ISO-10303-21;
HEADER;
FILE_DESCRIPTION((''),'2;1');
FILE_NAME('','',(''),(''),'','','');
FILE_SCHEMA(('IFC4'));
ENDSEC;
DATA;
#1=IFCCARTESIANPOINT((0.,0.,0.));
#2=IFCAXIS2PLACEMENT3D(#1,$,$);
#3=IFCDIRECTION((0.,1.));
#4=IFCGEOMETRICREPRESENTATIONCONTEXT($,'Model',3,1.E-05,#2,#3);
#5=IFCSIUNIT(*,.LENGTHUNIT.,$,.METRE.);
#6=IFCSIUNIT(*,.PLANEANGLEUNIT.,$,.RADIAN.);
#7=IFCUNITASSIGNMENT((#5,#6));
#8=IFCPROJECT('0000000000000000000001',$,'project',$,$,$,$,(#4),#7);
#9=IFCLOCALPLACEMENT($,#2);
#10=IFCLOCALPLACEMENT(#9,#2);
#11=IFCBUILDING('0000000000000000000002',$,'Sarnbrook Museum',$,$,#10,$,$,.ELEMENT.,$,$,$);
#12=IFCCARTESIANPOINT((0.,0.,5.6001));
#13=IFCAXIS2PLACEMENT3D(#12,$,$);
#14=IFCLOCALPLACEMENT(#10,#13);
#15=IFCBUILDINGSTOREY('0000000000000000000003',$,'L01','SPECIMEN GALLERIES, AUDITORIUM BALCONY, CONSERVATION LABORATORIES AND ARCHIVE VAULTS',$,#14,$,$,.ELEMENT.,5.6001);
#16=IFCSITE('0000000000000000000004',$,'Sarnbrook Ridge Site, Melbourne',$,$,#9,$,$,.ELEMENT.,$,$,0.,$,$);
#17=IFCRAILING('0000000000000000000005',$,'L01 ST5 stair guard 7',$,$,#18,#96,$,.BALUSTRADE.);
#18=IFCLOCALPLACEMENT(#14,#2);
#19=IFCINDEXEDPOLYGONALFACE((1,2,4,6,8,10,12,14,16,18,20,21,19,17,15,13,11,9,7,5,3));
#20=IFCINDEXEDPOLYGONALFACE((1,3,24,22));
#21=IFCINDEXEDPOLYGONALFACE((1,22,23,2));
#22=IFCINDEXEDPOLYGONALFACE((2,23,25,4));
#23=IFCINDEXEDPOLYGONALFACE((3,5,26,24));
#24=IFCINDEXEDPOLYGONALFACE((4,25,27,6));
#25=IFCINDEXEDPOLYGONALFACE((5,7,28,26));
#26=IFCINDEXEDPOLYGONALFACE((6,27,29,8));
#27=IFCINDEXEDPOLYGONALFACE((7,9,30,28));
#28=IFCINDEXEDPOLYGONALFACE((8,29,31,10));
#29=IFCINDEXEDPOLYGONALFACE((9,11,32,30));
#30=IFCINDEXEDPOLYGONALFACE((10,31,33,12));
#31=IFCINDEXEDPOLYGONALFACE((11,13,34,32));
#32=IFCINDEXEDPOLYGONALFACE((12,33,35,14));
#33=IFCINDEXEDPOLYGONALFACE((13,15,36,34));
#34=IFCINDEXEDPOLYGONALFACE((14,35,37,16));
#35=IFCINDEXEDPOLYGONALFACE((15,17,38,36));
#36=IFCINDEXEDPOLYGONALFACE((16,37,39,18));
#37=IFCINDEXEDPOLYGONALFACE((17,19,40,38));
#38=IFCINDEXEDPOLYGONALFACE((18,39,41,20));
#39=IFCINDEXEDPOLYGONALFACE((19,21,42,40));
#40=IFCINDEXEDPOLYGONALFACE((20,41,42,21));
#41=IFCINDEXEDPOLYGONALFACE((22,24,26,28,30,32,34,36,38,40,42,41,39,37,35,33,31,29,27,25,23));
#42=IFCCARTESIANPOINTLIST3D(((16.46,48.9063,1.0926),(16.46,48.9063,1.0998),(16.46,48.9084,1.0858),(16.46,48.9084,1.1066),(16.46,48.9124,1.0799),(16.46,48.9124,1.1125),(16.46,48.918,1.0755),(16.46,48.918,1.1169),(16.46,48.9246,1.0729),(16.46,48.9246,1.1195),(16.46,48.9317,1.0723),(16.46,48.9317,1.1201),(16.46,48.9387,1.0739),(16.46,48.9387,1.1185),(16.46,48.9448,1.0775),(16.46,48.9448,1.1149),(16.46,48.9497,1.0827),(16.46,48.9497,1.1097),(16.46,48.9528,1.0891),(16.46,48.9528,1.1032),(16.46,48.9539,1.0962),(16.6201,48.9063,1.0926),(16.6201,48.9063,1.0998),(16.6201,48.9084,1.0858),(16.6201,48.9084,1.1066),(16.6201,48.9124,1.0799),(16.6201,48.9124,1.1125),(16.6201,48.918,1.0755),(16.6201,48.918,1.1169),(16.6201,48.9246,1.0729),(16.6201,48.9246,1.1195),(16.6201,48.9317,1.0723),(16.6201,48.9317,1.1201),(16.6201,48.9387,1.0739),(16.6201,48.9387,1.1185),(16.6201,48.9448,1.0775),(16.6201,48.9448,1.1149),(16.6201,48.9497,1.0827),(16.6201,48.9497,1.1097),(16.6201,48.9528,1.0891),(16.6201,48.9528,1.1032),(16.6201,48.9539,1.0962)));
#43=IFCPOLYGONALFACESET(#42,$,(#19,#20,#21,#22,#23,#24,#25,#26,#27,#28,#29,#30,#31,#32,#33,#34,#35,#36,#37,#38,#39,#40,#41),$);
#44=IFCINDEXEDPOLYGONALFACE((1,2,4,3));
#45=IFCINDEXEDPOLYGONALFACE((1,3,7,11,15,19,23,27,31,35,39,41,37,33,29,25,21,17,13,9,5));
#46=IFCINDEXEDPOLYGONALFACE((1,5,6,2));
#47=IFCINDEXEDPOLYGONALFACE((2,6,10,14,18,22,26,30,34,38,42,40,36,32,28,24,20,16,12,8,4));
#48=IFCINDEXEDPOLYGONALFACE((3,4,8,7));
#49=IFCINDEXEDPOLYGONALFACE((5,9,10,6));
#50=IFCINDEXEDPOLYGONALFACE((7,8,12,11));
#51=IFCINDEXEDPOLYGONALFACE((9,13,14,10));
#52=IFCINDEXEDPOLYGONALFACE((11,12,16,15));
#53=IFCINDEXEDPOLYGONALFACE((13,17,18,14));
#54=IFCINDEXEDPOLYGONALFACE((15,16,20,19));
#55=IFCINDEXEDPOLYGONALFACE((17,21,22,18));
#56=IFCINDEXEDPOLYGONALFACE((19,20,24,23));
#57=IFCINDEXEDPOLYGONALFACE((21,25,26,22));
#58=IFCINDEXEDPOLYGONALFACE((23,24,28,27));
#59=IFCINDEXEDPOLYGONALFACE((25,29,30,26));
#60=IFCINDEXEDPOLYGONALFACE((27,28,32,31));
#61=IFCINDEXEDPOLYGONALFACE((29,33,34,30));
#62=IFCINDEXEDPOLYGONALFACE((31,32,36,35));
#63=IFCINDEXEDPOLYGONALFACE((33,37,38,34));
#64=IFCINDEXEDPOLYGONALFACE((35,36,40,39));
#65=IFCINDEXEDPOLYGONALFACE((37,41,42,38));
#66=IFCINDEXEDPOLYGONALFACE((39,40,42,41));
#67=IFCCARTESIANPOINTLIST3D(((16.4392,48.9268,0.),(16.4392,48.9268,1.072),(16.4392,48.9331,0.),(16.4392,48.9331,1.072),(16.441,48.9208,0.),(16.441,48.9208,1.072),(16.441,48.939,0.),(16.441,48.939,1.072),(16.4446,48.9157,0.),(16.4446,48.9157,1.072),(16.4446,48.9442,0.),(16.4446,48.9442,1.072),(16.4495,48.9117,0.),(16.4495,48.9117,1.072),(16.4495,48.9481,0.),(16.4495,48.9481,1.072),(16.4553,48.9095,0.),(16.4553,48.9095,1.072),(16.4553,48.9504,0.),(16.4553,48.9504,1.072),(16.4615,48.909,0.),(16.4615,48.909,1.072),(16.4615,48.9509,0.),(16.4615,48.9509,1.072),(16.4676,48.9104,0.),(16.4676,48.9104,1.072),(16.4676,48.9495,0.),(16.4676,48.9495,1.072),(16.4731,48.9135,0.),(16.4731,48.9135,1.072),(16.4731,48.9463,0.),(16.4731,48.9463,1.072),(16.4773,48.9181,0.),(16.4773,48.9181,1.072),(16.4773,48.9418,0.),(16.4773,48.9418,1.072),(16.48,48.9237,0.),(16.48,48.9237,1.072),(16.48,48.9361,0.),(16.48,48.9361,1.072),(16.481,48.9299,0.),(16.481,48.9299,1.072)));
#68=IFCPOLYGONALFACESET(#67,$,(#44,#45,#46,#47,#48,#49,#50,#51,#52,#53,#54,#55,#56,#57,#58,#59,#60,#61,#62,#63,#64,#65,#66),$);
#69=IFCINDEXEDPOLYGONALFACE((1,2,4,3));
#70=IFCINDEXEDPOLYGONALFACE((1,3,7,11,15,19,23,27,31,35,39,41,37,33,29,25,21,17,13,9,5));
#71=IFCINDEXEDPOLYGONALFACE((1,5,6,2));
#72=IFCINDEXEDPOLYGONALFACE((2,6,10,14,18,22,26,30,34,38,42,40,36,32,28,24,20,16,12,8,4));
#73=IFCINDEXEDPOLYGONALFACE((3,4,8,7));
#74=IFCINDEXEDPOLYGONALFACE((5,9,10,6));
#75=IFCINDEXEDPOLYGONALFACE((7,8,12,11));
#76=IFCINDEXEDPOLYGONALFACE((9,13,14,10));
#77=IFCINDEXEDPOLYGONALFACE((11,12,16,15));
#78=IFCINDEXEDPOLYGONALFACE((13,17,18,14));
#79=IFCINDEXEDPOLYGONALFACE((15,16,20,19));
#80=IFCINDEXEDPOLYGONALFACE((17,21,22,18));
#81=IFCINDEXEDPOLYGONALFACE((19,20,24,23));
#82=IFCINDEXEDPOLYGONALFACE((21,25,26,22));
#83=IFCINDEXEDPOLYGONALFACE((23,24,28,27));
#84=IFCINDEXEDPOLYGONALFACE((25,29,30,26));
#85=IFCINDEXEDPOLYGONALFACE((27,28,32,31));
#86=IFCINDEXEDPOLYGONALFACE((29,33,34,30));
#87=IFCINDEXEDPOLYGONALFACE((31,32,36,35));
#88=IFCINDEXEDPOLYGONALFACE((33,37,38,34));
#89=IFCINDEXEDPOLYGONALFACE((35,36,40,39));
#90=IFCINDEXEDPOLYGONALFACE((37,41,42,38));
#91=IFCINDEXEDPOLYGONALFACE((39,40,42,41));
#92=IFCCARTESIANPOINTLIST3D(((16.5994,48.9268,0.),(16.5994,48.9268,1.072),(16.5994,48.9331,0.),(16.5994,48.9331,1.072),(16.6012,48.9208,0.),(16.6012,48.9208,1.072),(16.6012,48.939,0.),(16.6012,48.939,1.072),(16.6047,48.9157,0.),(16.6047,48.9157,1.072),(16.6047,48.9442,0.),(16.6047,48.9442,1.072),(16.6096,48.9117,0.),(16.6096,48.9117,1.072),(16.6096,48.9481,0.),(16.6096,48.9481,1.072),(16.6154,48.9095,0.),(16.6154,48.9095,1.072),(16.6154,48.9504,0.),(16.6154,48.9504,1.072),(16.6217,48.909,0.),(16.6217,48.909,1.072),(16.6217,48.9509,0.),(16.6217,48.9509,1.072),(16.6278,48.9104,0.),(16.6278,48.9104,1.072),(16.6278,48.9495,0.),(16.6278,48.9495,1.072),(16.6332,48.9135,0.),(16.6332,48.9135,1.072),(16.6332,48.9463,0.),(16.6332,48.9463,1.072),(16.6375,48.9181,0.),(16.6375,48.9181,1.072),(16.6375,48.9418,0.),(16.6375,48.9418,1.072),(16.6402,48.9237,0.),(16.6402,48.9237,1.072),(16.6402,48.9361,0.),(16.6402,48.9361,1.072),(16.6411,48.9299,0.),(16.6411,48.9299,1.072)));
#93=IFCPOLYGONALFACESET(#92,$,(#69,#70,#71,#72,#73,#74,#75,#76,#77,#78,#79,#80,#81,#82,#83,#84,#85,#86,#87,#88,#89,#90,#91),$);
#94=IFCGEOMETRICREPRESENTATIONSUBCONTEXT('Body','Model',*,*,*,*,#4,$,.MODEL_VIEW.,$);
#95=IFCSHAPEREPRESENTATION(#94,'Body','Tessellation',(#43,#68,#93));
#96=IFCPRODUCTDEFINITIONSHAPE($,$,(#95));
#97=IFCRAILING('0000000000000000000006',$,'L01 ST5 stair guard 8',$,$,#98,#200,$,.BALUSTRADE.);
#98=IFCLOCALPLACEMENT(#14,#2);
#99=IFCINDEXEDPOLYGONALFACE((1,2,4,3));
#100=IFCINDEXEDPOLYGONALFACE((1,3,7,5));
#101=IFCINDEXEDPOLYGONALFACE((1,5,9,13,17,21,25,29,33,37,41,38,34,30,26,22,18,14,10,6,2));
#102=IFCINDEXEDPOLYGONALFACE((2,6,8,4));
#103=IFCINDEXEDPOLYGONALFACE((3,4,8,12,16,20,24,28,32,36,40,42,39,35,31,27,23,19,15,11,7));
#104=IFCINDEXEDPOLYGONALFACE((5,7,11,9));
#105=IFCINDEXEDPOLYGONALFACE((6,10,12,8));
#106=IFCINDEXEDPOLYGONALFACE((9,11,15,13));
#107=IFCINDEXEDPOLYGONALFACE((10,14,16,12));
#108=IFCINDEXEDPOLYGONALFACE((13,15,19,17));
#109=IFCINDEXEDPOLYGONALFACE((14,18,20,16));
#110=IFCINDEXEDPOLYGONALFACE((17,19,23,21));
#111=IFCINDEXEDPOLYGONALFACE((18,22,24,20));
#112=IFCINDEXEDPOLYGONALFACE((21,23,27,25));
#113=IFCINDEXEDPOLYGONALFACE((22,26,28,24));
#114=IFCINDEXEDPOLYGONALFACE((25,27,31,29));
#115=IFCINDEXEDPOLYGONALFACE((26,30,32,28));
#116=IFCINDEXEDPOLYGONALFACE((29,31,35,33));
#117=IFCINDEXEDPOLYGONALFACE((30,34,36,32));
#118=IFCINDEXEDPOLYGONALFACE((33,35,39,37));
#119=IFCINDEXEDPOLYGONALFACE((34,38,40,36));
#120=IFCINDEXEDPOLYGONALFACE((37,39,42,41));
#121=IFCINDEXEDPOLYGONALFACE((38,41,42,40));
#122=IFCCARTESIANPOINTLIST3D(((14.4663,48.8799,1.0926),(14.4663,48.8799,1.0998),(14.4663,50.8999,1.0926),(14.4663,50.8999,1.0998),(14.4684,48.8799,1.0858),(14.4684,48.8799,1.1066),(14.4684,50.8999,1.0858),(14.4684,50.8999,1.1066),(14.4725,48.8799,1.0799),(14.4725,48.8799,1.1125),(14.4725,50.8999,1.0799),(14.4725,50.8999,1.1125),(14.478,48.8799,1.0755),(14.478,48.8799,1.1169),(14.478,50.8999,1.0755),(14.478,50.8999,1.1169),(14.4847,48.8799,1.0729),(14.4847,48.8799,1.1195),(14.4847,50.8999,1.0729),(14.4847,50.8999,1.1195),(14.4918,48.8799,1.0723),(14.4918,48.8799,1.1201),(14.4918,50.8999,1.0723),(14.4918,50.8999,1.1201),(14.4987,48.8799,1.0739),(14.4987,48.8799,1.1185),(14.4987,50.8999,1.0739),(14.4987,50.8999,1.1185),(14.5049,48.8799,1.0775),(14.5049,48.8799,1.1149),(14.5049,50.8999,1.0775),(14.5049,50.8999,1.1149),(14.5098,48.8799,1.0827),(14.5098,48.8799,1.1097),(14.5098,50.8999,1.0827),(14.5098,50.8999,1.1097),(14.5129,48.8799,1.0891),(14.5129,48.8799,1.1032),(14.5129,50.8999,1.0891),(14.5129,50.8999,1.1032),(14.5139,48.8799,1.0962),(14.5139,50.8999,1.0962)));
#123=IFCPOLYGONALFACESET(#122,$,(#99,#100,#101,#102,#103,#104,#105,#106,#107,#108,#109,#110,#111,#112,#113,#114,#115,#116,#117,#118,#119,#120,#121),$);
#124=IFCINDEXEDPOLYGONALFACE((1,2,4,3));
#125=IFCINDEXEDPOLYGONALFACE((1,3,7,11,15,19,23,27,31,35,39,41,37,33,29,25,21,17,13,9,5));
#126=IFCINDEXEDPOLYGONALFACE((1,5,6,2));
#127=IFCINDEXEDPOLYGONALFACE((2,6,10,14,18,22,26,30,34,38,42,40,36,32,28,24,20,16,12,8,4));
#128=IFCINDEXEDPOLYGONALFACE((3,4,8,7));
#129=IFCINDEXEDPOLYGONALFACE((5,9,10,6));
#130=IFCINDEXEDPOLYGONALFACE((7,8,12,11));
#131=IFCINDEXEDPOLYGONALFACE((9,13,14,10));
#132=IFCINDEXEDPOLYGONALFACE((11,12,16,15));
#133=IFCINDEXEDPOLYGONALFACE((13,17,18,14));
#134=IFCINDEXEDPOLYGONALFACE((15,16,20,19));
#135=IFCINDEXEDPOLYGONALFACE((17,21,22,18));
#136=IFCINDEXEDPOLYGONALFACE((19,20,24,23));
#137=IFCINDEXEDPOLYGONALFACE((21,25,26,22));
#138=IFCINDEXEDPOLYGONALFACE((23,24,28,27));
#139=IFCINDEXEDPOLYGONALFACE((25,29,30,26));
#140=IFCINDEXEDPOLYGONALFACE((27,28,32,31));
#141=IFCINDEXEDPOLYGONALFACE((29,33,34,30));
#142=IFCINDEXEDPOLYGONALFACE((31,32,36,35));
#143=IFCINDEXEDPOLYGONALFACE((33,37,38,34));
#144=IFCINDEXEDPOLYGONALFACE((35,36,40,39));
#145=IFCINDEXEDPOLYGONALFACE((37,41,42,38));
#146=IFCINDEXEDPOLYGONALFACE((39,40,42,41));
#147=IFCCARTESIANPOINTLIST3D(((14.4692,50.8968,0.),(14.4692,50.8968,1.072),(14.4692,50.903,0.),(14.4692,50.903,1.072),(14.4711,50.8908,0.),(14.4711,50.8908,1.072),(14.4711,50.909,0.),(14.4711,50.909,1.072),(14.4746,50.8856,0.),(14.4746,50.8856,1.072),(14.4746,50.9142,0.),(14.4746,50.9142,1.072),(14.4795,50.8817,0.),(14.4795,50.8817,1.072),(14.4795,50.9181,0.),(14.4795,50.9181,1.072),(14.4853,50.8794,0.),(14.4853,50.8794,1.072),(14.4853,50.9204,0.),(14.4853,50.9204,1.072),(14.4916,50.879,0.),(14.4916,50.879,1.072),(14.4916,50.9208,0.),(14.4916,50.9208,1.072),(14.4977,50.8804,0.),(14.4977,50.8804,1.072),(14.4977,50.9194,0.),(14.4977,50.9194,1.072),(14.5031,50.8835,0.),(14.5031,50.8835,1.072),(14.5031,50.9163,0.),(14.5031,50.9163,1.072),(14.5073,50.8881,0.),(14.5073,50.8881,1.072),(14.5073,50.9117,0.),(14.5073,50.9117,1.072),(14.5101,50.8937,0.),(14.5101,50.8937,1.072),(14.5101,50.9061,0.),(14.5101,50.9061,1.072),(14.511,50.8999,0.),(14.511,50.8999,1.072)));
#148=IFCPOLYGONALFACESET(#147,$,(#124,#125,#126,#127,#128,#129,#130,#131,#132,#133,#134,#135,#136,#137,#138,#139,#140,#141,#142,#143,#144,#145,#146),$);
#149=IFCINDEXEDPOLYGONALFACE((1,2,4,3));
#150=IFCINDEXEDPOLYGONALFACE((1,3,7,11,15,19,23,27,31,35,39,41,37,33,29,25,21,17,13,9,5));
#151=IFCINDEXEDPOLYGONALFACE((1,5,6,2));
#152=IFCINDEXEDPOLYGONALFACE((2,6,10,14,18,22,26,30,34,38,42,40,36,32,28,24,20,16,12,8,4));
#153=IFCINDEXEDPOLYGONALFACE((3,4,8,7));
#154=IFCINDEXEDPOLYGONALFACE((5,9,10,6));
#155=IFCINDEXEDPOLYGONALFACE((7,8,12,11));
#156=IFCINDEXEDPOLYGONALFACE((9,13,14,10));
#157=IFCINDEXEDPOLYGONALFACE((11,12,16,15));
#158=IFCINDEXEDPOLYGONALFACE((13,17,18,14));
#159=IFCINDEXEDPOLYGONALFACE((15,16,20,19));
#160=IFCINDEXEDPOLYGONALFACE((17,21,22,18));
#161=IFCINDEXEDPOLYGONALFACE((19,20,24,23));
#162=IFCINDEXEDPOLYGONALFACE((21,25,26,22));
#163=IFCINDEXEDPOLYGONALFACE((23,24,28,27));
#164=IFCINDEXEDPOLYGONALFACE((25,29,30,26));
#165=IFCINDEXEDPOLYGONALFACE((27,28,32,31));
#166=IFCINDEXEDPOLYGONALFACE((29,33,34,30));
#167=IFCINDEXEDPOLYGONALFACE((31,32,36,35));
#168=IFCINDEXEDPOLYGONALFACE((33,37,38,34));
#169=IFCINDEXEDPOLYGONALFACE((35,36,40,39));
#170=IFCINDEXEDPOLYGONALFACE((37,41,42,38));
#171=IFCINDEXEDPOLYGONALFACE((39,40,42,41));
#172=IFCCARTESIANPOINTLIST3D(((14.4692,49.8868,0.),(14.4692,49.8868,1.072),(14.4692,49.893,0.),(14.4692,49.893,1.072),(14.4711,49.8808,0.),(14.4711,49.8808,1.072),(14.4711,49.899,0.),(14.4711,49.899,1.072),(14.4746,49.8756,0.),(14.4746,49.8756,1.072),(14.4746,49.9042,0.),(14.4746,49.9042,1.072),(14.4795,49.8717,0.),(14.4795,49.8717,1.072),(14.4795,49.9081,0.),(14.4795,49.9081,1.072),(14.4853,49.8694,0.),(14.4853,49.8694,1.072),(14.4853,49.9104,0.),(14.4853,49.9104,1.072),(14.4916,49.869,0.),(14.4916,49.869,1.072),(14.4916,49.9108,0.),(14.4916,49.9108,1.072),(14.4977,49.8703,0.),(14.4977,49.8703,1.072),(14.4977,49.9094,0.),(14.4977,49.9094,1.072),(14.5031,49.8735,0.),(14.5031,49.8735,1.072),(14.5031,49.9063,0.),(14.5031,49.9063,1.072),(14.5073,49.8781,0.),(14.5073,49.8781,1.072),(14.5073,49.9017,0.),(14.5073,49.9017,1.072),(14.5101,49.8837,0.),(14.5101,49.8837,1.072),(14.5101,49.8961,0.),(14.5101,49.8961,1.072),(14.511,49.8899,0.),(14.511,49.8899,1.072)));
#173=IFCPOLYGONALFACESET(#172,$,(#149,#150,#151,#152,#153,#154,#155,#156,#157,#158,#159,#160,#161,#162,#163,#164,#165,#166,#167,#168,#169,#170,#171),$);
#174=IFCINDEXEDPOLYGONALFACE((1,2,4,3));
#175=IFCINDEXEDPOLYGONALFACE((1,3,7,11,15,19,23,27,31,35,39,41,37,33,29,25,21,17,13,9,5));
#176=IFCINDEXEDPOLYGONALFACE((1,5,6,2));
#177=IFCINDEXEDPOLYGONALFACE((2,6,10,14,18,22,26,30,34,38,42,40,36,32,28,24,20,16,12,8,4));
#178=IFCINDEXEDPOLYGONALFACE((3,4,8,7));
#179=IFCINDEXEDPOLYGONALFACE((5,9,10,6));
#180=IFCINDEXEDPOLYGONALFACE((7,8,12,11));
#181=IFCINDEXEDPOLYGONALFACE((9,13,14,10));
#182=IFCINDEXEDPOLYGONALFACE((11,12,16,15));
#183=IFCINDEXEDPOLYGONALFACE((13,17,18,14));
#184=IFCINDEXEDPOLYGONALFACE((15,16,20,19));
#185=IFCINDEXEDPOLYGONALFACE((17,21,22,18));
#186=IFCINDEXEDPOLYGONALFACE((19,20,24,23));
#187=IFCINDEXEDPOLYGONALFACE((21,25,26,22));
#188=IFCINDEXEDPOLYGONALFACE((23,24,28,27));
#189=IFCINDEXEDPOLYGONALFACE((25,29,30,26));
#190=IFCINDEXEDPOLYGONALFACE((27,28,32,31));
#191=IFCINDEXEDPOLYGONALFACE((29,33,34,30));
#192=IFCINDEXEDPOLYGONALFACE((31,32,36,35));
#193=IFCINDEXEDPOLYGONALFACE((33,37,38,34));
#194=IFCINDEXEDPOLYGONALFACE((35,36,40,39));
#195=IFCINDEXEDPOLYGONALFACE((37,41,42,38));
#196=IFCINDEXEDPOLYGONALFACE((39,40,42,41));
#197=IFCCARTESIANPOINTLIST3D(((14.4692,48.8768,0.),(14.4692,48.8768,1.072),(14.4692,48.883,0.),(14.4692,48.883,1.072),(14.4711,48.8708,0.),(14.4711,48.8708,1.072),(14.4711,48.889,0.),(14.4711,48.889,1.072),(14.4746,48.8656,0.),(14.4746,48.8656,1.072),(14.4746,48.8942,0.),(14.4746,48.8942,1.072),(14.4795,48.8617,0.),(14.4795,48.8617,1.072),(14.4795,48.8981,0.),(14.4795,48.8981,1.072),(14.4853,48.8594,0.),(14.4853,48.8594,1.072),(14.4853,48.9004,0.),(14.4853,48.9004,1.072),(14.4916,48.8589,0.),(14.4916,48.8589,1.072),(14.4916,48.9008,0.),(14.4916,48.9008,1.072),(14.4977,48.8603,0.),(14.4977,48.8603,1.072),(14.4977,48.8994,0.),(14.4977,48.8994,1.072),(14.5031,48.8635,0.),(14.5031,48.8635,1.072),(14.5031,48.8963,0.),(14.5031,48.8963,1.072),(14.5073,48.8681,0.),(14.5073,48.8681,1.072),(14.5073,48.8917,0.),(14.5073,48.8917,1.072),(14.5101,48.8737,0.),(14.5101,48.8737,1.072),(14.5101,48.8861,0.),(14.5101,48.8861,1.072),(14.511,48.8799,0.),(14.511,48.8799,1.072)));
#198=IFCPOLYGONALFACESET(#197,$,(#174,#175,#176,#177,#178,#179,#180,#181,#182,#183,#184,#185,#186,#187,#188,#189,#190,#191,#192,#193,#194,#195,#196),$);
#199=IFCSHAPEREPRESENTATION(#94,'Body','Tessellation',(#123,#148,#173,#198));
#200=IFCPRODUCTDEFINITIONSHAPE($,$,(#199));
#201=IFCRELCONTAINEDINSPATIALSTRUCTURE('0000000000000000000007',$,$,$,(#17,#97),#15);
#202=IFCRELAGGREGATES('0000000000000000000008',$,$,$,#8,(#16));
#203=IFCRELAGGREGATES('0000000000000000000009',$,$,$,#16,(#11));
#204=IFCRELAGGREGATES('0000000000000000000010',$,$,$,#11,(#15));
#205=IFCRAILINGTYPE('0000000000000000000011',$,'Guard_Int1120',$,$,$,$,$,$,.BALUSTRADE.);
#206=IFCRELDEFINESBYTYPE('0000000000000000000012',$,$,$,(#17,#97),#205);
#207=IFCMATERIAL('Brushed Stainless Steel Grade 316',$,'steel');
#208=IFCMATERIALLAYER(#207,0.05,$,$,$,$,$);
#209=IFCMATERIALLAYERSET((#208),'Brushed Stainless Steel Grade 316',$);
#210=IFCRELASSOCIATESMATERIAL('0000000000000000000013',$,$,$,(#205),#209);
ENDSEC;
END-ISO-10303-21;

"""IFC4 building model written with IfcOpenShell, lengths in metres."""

from ifc_helpers import new_model, si_unit, direction, frame, origin, origin_2d, place, context, subcontext, project, spatial, circle, extrude, material, layer, layer_set, type_object, element, save


model = new_model("IFC4")

# Units and contexts
model_context = context("Model", 3, precision=1e-05, world=origin(), true_north=direction((0.0, 1.0)))
body_context = subcontext(model_context, "Body", "Model", "MODEL_VIEW")
ifc_project = project(units=[si_unit("LENGTHUNIT", "METRE"), si_unit("PLANEANGLEUNIT", "RADIAN")], contexts=[model_context])

# Site, building, storey
site_placement = place(None, origin())
site = spatial("IfcSite", under=ifc_project, at=site_placement, Name="Sarnbrook Ridge Site, Melbourne", CompositionType="ELEMENT", RefElevation=0.0)
building_placement = place(site_placement, origin())
building = spatial("IfcBuilding", under=site, at=building_placement, Name="Sarnbrook Museum", CompositionType="ELEMENT")
storey_placement = place(building_placement, frame((0.0, 0.0, 5.6001)))
storey = spatial("IfcBuildingStorey", under=building, at=storey_placement, Name="L01", Description="SPECIMEN GALLERIES, AUDITORIUM BALCONY, CONSERVATION LABORATORIES AND ARCHIVE VAULTS", CompositionType="ELEMENT", Elevation=5.6001)

# Railings
ifc_material_1 = material(Name="Brushed Stainless Steel Grade 316", Category="steel")
ifc_layer_1 = layer(ifc_material_1, 0.05)
ifc_layer_set_1 = layer_set([ifc_layer_1], Name="Brushed Stainless Steel Grade 316")
railing_type_1 = type_object("IfcRailingType", Name="Guard_Int1120", PredefinedType="BALUSTRADE", material=ifc_layer_set_1)
railing_1_placement = place(storey_placement, frame((16.46, 48.9299, 0.0)))
element("IfcRailing", 1, at=railing_1_placement, inside=storey, type_object=railing_type_1, Name="L01 ST5 stair guard 7", PredefinedType="BALUSTRADE", context=body_context, shape_type="SweptSolid", body=[
    extrude(circle(Radius=0.0239, at=origin_2d()), frame((0.0, 0.0, 1.0962), z_axis=(1.0, 0.0, 0.0), x_axis=(0.0, 1.0, 0.0)), (0.0, 0.0, 1.0), 0.1602),
    extrude(circle(Radius=0.021, at=origin_2d()), origin(), (0.0, 0.0, 1.0), 1.072),
    extrude(circle(Radius=0.021, at=origin_2d()), frame((0.1602, 0.0, 0.0)), (0.0, 0.0, 1.0), 1.072),
])
for number, where, name in (
    (2, (14.49, 50.8999, 0.0), "L01 ST5 stair guard 8"),
):
    element("IfcRailing", number, at=place(storey_placement, frame(where)), inside=storey, type_object=railing_type_1, Name=name, PredefinedType="BALUSTRADE", context=body_context, shape_type="SweptSolid", body=[
        extrude(circle(Radius=0.0239, at=origin_2d()), frame((0.0, 0.0, 1.0962), z_axis=(0.0, -1.0, 0.0), x_axis=(1.0, 0.0, 0.0)), (0.0, 0.0, 1.0), 2.02),
        extrude(circle(Radius=0.021, at=origin_2d()), origin(), (0.0, 0.0, 1.0), 1.072),
        extrude(circle(Radius=0.021, at=origin_2d()), frame((0.0, -1.01, 0.0)), (0.0, 0.0, 1.0), 1.072),
        extrude(circle(Radius=0.021, at=origin_2d()), frame((0.0, -2.02, 0.0)), (0.0, 0.0, 1.0), 1.072),
    ])

save(model, "model.ifc")
